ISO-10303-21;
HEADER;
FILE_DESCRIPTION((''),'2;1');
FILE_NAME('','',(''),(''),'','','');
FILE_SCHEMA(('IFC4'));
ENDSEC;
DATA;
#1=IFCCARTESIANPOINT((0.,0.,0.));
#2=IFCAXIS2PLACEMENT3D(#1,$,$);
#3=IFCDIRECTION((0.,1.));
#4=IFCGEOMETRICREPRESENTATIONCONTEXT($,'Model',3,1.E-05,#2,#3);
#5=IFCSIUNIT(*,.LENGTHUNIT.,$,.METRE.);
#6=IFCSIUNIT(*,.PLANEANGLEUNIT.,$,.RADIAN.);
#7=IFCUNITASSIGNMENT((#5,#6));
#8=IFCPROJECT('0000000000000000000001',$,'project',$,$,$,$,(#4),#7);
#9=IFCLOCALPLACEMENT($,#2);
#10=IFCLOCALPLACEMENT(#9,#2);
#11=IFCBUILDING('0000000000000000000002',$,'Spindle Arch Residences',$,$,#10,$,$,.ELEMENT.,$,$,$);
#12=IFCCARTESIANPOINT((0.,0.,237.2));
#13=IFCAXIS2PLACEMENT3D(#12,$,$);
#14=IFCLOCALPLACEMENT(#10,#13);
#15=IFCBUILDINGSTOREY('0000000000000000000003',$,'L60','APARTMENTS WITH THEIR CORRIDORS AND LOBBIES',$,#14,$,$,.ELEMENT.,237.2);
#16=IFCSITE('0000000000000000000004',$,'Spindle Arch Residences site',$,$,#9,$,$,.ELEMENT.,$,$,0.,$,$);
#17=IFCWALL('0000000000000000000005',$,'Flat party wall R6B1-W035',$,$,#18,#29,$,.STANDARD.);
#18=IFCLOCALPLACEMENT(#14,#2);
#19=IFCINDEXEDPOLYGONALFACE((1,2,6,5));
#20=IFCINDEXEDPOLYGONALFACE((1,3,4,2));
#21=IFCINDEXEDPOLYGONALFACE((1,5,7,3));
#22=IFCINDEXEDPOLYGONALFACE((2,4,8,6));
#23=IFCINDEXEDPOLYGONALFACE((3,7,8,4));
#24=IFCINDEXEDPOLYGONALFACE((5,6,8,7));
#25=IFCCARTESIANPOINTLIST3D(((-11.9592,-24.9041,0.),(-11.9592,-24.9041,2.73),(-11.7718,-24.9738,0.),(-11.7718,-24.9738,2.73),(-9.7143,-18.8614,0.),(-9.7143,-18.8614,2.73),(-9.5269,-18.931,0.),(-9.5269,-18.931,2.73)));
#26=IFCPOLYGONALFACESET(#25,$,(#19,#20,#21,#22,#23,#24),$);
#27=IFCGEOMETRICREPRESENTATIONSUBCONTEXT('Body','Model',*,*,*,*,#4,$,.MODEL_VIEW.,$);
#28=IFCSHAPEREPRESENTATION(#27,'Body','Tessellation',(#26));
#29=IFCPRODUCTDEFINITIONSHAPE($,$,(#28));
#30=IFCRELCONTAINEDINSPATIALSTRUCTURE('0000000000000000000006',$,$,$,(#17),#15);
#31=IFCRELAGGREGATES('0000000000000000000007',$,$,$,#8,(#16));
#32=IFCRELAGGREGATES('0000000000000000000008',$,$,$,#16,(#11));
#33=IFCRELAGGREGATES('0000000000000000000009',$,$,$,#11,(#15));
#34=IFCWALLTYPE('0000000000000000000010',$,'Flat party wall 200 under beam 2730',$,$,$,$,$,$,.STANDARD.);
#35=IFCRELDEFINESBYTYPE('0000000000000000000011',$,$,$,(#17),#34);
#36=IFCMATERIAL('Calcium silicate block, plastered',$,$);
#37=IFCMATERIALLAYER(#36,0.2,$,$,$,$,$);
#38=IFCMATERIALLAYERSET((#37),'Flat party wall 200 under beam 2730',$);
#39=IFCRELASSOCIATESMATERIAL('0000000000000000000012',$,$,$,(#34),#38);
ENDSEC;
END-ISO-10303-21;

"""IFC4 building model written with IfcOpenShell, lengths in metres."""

from ifc_helpers import new_model, si_unit, direction, frame, frame_2d, origin, place, context, subcontext, project, spatial, rectangle, extrude, material, layer, layer_set, type_object, element, save


model = new_model("IFC4")

# Units and contexts
model_context = context("Model", 3, precision=1e-05, world=origin(), true_north=direction((0.0, 1.0)))
body_context = subcontext(model_context, "Body", "Model", "MODEL_VIEW")
ifc_project = project(units=[si_unit("LENGTHUNIT", "METRE"), si_unit("PLANEANGLEUNIT", "RADIAN")], contexts=[model_context])

# Site, building, storey
site_placement = place(None, origin())
site = spatial("IfcSite", under=ifc_project, at=site_placement, Name="Spindle Arch Residences site", CompositionType="ELEMENT", RefElevation=0.0)
building_placement = place(site_placement, origin())
building = spatial("IfcBuilding", under=site, at=building_placement, Name="Spindle Arch Residences", CompositionType="ELEMENT")
storey_placement = place(building_placement, frame((0.0, 0.0, 237.2)))
storey = spatial("IfcBuildingStorey", under=building, at=storey_placement, Name="L60", Description="APARTMENTS WITH THEIR CORRIDORS AND LOBBIES", CompositionType="ELEMENT", Elevation=237.2)

# Wall
ifc_material_1 = material(Name="Calcium silicate block, plastered")
ifc_layer_1 = layer(ifc_material_1, 0.2)
ifc_layer_set_1 = layer_set([ifc_layer_1], Name="Flat party wall 200 under beam 2730")
wall_type_1 = type_object("IfcWallType", Name="Flat party wall 200 under beam 2730", PredefinedType="STANDARD", material=ifc_layer_set_1)
wall_1_placement = place(storey_placement, frame((-11.8655, -24.939, 0.0), z_axis=(0.0, 0.0, 1.0), x_axis=(0.348245, 0.937403, 0.0)))
element("IfcWall", 1, at=wall_1_placement, inside=storey, type_object=wall_type_1, Name="Flat party wall R6B1-W035", PredefinedType="STANDARD", context=body_context, shape_type="SweptSolid", body=[
    extrude(rectangle(XDim=6.4463, YDim=0.2, at=frame_2d((3.2231, 0.0))), origin(), (0.0, 0.0, 1.0), 2.73),
])

save(model, "model.ifc")
